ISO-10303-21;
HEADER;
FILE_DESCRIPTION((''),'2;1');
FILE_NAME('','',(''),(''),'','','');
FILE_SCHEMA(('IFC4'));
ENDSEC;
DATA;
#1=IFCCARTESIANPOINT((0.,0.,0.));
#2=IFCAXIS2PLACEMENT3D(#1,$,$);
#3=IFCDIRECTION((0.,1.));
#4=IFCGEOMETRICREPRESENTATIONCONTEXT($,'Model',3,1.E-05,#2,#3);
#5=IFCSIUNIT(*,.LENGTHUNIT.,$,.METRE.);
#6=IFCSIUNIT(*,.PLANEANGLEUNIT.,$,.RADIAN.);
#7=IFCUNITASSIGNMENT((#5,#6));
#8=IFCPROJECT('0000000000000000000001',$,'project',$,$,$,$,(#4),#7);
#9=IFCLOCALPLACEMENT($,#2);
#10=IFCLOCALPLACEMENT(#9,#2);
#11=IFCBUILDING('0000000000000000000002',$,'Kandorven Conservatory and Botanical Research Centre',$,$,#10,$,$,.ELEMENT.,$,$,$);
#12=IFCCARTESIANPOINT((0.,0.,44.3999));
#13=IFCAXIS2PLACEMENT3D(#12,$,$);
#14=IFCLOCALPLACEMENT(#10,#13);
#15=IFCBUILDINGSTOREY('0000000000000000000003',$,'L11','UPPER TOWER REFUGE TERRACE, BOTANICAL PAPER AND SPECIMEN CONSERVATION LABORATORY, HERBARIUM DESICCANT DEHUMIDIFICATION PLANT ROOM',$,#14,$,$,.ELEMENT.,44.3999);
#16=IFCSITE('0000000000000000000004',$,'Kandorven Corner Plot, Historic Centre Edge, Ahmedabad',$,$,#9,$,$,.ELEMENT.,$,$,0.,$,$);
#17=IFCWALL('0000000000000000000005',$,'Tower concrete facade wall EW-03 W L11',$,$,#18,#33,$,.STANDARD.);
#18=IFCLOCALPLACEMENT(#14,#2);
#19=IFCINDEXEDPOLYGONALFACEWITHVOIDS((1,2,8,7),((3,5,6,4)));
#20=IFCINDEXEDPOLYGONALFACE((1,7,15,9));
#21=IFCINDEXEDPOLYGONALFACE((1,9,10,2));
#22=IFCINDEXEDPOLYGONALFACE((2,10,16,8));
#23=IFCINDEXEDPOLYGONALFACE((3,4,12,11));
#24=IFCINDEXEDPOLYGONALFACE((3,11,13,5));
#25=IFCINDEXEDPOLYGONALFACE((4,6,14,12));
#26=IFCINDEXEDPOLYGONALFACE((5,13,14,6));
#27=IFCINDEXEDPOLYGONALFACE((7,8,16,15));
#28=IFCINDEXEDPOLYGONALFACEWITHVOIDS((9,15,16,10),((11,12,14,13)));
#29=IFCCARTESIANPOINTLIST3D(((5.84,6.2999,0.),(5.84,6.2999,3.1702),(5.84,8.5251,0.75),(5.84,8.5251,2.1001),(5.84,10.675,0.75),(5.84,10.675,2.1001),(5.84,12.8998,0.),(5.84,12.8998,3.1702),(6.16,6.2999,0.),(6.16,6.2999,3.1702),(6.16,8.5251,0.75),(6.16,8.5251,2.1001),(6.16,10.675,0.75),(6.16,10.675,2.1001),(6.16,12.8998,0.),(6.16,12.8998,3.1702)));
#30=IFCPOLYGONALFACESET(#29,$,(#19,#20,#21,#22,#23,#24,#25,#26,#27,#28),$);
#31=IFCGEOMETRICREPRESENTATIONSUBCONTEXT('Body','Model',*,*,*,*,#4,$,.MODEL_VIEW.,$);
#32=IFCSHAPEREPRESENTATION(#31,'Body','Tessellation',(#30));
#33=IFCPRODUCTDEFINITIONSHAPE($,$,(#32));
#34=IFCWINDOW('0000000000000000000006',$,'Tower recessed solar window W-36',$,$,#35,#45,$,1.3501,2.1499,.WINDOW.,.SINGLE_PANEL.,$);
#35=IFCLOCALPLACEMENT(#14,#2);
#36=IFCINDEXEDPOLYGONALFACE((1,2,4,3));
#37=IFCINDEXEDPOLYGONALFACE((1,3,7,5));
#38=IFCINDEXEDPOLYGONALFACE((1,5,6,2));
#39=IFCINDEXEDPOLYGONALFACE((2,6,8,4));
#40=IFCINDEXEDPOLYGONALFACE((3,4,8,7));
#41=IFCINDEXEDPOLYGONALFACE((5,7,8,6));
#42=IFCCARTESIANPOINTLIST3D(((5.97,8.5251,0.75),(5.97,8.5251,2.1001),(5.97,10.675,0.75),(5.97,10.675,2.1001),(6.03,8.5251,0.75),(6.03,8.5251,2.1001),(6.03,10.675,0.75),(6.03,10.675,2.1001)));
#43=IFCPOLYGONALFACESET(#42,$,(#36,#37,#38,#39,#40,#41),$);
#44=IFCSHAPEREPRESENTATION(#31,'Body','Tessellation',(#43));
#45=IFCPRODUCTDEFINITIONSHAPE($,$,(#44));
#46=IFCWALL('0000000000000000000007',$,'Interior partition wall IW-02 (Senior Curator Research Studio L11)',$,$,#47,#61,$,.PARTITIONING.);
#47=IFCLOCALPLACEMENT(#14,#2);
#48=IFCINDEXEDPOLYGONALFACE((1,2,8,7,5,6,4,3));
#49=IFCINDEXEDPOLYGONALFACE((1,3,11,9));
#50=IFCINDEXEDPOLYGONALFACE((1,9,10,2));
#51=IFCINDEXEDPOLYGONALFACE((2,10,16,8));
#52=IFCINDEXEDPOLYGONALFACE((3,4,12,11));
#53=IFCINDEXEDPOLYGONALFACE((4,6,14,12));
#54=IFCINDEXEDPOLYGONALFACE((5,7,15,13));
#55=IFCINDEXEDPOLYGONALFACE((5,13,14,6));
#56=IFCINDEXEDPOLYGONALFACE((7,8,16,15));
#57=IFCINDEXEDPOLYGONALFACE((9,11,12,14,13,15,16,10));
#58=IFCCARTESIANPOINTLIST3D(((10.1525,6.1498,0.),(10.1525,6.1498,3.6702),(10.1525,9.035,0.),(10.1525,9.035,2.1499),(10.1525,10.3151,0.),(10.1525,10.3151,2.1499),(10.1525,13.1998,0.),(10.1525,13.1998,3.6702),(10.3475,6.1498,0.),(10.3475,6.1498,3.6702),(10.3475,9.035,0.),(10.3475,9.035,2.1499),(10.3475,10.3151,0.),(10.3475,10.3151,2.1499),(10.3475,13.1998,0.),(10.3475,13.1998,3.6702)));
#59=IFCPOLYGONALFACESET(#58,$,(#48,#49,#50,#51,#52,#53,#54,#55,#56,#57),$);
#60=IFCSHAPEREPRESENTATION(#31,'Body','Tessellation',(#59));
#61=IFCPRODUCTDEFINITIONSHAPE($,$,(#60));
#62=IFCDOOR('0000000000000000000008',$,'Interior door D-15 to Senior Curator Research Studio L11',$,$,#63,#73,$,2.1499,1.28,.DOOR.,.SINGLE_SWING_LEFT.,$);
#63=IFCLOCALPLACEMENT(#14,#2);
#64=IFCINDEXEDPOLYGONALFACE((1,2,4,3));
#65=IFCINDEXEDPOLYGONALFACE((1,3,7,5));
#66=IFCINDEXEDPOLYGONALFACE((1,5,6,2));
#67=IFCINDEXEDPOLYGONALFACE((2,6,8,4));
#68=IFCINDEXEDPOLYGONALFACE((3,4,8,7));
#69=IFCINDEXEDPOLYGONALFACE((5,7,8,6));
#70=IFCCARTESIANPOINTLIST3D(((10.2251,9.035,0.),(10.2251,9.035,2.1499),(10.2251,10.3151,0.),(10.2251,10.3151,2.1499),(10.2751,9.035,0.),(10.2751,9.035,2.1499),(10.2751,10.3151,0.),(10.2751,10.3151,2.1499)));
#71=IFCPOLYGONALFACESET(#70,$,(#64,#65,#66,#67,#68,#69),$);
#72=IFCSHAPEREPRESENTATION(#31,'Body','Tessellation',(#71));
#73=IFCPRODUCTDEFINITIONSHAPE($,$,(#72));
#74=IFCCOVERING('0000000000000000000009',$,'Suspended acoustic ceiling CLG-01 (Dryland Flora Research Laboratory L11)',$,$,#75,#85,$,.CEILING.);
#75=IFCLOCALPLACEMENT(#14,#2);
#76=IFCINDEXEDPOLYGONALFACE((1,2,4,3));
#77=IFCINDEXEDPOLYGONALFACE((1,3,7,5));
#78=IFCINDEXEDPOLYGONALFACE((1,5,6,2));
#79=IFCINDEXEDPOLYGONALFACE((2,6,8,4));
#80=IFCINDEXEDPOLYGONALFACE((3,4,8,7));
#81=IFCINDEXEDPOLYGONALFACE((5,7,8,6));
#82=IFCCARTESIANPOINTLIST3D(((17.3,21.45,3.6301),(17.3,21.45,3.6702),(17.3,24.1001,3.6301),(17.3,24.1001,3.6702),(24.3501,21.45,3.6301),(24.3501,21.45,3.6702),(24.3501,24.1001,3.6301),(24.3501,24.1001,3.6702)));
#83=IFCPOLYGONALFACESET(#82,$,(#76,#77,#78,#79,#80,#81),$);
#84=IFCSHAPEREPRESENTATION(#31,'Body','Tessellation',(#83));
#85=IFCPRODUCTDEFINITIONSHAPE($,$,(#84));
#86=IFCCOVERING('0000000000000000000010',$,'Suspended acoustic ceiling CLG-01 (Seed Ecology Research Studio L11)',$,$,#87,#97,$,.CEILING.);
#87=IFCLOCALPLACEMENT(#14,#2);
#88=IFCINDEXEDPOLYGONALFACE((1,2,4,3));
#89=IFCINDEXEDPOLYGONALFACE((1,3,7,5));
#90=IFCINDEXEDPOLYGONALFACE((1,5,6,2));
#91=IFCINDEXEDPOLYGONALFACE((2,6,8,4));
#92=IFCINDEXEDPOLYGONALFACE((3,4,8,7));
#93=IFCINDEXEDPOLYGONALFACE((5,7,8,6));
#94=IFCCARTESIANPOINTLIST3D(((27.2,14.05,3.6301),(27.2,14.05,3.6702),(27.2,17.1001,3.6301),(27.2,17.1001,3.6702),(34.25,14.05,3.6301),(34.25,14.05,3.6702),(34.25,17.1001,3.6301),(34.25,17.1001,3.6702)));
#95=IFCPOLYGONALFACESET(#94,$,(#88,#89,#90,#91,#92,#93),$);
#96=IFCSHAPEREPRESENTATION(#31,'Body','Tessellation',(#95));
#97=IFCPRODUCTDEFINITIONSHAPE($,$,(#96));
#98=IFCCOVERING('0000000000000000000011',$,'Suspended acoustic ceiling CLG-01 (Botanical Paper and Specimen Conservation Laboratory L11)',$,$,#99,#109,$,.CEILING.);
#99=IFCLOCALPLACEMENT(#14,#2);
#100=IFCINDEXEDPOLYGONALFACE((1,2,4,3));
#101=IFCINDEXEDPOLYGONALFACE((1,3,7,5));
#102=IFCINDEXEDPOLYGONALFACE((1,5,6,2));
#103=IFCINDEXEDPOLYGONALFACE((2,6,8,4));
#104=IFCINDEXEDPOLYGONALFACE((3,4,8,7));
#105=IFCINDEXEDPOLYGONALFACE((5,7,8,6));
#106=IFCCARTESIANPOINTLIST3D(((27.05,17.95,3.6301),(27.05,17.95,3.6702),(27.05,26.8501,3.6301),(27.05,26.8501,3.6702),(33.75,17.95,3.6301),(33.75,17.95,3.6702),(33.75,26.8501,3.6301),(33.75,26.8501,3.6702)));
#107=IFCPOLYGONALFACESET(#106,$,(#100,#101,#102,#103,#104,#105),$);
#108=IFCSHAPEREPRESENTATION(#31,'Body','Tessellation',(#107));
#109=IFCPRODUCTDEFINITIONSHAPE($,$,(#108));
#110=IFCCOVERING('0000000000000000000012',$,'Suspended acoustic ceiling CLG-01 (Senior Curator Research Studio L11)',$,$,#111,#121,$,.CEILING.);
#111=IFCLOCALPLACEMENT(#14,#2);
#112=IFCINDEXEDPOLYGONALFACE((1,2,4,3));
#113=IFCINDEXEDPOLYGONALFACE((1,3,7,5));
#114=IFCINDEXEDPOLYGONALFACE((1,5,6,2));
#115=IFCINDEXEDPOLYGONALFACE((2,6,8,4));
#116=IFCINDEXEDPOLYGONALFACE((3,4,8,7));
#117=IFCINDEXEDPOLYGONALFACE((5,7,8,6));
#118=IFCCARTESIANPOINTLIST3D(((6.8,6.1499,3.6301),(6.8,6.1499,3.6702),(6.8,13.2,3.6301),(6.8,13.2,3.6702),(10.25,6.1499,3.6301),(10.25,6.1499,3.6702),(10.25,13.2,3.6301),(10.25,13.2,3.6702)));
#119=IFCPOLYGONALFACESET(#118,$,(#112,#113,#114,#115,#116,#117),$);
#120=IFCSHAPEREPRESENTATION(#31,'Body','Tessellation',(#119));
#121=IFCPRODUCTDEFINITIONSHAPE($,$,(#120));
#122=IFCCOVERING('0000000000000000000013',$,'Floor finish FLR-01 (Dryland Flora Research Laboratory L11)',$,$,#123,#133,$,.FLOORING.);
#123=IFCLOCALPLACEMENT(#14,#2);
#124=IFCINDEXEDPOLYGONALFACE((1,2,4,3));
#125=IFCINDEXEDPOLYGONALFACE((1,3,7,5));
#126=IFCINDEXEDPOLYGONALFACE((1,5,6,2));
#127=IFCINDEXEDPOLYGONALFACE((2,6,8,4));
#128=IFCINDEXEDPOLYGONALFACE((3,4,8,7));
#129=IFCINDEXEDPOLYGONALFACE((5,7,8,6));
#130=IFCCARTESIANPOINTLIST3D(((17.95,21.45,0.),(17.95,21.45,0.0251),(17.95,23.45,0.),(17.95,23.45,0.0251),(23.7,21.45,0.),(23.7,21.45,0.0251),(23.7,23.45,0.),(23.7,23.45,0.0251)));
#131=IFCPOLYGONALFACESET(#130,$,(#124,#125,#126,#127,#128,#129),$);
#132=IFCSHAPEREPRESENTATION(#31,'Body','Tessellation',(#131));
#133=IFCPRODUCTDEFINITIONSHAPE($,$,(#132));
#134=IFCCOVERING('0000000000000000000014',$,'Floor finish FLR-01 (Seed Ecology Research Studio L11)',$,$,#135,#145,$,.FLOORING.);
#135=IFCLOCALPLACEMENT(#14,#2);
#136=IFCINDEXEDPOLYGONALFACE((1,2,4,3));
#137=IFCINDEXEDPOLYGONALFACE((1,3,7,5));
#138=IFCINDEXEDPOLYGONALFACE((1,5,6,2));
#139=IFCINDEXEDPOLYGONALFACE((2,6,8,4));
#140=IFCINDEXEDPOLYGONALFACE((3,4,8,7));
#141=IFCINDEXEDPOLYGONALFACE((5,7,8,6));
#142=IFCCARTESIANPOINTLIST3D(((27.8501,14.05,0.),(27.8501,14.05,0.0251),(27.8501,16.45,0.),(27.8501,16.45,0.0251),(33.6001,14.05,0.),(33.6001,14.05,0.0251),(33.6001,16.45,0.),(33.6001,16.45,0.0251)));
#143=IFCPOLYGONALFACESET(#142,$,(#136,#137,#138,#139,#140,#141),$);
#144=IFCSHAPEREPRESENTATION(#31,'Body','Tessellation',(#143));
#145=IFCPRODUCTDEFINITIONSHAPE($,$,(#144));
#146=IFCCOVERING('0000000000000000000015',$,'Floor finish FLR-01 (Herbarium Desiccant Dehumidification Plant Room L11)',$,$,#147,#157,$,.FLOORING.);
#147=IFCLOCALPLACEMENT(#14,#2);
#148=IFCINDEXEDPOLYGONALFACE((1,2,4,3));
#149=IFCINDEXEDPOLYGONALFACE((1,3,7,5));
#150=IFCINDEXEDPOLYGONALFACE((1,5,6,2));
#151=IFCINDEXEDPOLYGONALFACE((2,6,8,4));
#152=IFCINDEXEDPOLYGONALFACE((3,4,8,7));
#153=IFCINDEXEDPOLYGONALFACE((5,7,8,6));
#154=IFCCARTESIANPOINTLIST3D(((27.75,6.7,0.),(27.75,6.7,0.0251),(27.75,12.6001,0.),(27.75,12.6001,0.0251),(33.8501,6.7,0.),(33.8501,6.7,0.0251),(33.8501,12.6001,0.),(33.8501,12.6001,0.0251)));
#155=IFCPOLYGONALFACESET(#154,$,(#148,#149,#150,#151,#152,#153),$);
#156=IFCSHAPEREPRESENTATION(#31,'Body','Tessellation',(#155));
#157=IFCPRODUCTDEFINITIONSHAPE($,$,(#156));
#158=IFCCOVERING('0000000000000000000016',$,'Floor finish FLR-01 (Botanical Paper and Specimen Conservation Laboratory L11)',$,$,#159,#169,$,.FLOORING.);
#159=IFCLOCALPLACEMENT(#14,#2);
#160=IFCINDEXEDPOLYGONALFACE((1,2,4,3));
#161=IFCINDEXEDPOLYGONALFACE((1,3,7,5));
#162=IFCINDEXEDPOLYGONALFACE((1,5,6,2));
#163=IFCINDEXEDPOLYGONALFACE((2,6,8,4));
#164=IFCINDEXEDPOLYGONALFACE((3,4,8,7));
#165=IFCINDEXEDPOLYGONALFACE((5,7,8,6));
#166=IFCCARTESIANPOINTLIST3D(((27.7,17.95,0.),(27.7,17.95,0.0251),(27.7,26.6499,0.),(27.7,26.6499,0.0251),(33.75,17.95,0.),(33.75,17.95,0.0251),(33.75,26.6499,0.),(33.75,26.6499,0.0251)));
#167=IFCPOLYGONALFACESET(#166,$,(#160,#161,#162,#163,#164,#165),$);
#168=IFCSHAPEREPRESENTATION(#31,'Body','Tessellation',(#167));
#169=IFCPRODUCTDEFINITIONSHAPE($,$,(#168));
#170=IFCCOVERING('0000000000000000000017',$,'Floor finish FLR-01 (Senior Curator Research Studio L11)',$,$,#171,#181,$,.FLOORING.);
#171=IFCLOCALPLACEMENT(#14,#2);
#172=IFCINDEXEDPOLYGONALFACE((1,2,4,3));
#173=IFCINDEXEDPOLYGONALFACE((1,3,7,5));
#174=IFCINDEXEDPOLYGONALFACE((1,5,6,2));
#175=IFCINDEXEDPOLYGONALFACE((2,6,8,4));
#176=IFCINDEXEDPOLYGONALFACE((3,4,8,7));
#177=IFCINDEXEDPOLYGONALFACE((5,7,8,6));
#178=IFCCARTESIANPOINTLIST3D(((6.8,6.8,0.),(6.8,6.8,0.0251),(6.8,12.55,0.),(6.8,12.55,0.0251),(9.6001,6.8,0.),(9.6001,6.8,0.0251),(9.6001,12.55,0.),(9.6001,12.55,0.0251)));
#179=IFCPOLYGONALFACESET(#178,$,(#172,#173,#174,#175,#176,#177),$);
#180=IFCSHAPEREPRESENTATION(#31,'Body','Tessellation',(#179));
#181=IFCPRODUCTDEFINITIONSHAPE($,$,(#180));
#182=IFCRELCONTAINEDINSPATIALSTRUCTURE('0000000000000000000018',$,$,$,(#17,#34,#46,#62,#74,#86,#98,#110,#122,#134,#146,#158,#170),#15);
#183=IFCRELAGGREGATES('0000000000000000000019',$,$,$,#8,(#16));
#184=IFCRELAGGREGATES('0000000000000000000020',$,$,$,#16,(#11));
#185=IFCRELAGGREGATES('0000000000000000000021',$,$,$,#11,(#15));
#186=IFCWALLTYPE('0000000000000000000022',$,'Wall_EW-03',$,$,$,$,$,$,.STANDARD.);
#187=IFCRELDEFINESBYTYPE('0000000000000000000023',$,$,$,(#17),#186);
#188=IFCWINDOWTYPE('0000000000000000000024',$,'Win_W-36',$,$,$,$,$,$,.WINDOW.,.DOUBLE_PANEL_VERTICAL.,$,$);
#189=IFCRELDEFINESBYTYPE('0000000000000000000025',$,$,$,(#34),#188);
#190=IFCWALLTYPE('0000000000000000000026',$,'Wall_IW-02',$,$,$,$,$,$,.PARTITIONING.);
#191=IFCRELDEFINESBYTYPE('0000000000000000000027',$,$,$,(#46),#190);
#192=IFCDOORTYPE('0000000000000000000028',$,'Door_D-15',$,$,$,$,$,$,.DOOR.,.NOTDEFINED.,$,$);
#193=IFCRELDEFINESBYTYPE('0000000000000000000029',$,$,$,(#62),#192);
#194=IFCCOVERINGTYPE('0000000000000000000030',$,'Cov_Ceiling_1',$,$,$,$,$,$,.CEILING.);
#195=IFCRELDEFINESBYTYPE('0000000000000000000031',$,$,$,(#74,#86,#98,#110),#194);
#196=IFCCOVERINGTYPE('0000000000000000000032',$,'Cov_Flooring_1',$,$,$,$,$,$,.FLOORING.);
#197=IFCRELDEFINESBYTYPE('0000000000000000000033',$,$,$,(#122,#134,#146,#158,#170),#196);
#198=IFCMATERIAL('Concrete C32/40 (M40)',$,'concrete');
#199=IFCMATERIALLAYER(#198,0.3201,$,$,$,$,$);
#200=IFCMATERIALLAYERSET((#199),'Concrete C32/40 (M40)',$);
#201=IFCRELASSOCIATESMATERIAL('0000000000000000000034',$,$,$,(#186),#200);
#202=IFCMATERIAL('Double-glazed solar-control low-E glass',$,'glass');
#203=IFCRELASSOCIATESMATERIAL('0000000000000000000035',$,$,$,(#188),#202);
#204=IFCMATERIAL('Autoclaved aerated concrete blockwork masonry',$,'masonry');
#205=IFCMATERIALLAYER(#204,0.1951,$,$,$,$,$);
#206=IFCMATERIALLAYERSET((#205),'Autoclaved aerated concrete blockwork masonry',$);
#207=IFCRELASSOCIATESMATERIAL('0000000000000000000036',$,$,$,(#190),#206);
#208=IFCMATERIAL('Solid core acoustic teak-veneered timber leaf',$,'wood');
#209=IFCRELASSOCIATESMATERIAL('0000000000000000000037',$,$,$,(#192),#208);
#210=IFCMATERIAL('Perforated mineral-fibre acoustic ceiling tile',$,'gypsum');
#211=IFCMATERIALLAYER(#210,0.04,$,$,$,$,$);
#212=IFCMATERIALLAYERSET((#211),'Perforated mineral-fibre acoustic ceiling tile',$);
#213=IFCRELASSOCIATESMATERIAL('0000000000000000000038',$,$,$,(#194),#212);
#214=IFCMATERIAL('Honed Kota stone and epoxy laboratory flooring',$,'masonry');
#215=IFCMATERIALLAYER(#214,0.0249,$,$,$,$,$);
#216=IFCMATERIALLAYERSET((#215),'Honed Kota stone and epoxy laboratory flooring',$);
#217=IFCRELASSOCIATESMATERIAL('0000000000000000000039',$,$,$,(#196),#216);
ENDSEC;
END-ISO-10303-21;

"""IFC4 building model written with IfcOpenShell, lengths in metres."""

from ifc_helpers import new_model, si_unit, direction, frame, frame_2d, origin, place, context, subcontext, project, spatial, polyline, rectangle, outline, extrude, material, layer, layer_set, type_object, element, fill, save


model = new_model("IFC4")

# Units and contexts
model_context = context("Model", 3, precision=1e-05, world=origin(), true_north=direction((0.0, 1.0)))
body_context = subcontext(model_context, "Body", "Model", "MODEL_VIEW")
ifc_project = project(units=[si_unit("LENGTHUNIT", "METRE"), si_unit("PLANEANGLEUNIT", "RADIAN")], contexts=[model_context])

# Site, building, storey
site_placement = place(None, origin())
site = spatial("IfcSite", under=ifc_project, at=site_placement, Name="Kandorven Corner Plot, Historic Centre Edge, Ahmedabad", CompositionType="ELEMENT", RefElevation=0.0)
building_placement = place(site_placement, origin())
building = spatial("IfcBuilding", under=site, at=building_placement, Name="Kandorven Conservatory and Botanical Research Centre", CompositionType="ELEMENT")
storey_placement = place(building_placement, frame((0.0, 0.0, 44.3999)))
storey = spatial("IfcBuildingStorey", under=building, at=storey_placement, Name="L11", Description="UPPER TOWER REFUGE TERRACE, BOTANICAL PAPER AND SPECIMEN CONSERVATION LABORATORY, HERBARIUM DESICCANT DEHUMIDIFICATION PLANT ROOM", CompositionType="ELEMENT", Elevation=44.3999)

# Wall, opening, window
ifc_material_1 = material(Name="Concrete C32/40 (M40)", Category="concrete")
ifc_layer_1 = layer(ifc_material_1, 0.3201)
ifc_layer_set_1 = layer_set([ifc_layer_1], Name="Concrete C32/40 (M40)")
wall_type_1 = type_object("IfcWallType", Name="Wall_EW-03", PredefinedType="STANDARD", material=ifc_layer_set_1)
wall_1_placement = place(storey_placement, frame((6.0, 6.3, 0.0), z_axis=(0.0, 0.0, 1.0), x_axis=(0.0, 1.0, 0.0)))
wall_1 = element("IfcWall", 1, at=wall_1_placement, inside=storey, type_object=wall_type_1, Name="Tower concrete facade wall EW-03 W L11", PredefinedType="STANDARD", context=body_context, shape_type="SweptSolid", body=[
    extrude(rectangle(XDim=6.5999, YDim=0.3201, at=frame_2d((3.2998, 0.0))), origin(), (0.0, 0.0, 1.0), 3.1702),
])
opening_1_placement = place(wall_1_placement, frame((2.2251, 0.0, 0.75)))
opening_1 = element("IfcOpeningElement", 2, at=opening_1_placement, cuts=wall_1, PredefinedType="OPENING", context=body_context, shape_type="SweptSolid", body=[
    extrude(rectangle(XDim=2.1499, YDim=1.3501, at=frame_2d((1.075, 0.675))), frame((0.0, 0.1699, 0.0), z_axis=(0.0, -1.0, 0.0), x_axis=(1.0, 0.0, 0.0)), (0.0, 0.0, 1.0), 0.3401),
])
ifc_material_2 = material(Name="Double-glazed solar-control low-E glass", Category="glass")
window_type_1 = type_object("IfcWindowType", Name="Win_W-36", PartitioningType="DOUBLE_PANEL_VERTICAL", PredefinedType="WINDOW", material=ifc_material_2)
window_1_placement = place(opening_1_placement, origin())
window_1 = element("IfcWindow", 3, at=window_1_placement, inside=storey, type_object=window_type_1, Name="Tower recessed solar window W-36", OverallHeight=1.3501, OverallWidth=2.1499, PartitioningType="SINGLE_PANEL", PredefinedType="WINDOW", context=body_context, shape_type="SweptSolid", body=[
    extrude(rectangle(XDim=2.1499, YDim=1.3501, at=frame_2d((1.075, 0.675))), frame((0.0, 0.03, 0.0), z_axis=(0.0, -1.0, 0.0), x_axis=(1.0, 0.0, 0.0)), (0.0, 0.0, 1.0), 0.0601),
])
fill(opening_1, window_1)

# Wall, opening, door
ifc_material_3 = material(Name="Autoclaved aerated concrete blockwork masonry", Category="masonry")
ifc_layer_2 = layer(ifc_material_3, 0.1951)
ifc_layer_set_2 = layer_set([ifc_layer_2], Name="Autoclaved aerated concrete blockwork masonry")
wall_type_2 = type_object("IfcWallType", Name="Wall_IW-02", PredefinedType="PARTITIONING", material=ifc_layer_set_2)
wall_2_placement = place(storey_placement, frame((10.25, 6.1499, 0.0), z_axis=(0.0, 0.0, 1.0), x_axis=(0.0, 1.0, 0.0)))
wall_2 = element("IfcWall", 4, at=wall_2_placement, inside=storey, type_object=wall_type_2, Name="Interior partition wall IW-02 (Senior Curator Research Studio L11)", PredefinedType="PARTITIONING", context=body_context, shape_type="SweptSolid", body=[
    extrude(rectangle(XDim=7.05, YDim=0.1951, at=frame_2d((3.5249, 0.0))), origin(), (0.0, 0.0, 1.0), 3.6702),
])
opening_2_placement = place(wall_2_placement, frame((2.885, 0.0, 0.0)))
opening_2 = element("IfcOpeningElement", 5, at=opening_2_placement, cuts=wall_2, PredefinedType="OPENING", context=body_context, shape_type="SweptSolid", body=[
    extrude(rectangle(XDim=1.28, YDim=2.1499, at=frame_2d((0.6401, 1.075))), frame((0.0, 0.1074, 0.0), z_axis=(0.0, -1.0, 0.0), x_axis=(1.0, 0.0, 0.0)), (0.0, 0.0, 1.0), 0.2151),
])
ifc_material_4 = material(Name="Solid core acoustic teak-veneered timber leaf", Category="wood")
door_type = type_object("IfcDoorType", Name="Door_D-15", OperationType="NOTDEFINED", PredefinedType="DOOR", material=ifc_material_4)
door_placement = place(opening_2_placement, origin())
door = element("IfcDoor", 6, at=door_placement, inside=storey, type_object=door_type, Name="Interior door D-15 to Senior Curator Research Studio L11", OperationType="SINGLE_SWING_LEFT", OverallHeight=2.1499, OverallWidth=1.28, PredefinedType="DOOR", context=body_context, shape_type="SweptSolid", body=[
    extrude(rectangle(XDim=1.28, YDim=2.1499, at=frame_2d((0.6401, 1.075))), frame((0.0, 0.0249, 0.0), z_axis=(0.0, -1.0, 0.0), x_axis=(1.0, 0.0, 0.0)), (0.0, 0.0, 1.0), 0.05),
])
fill(opening_2, door)

# Coverings
ifc_material_5 = material(Name="Perforated mineral-fibre acoustic ceiling tile", Category="gypsum")
ifc_layer_3 = layer(ifc_material_5, 0.04)
ifc_layer_set_3 = layer_set([ifc_layer_3], Name="Perforated mineral-fibre acoustic ceiling tile")
covering_type_1 = type_object("IfcCoveringType", Name="Cov_Ceiling_1", PredefinedType="CEILING", material=ifc_layer_set_3)
covering_1_placement = place(storey_placement, frame((0.0, 0.0, 3.6301)))
element("IfcCovering", 7, at=covering_1_placement, inside=storey, type_object=covering_type_1, Name="Suspended acoustic ceiling CLG-01 (Dryland Flora Research Laboratory L11)", PredefinedType="CEILING", context=body_context, shape_type="SweptSolid", body=[
    extrude(outline(polyline([(17.3, 21.45), (24.3501, 21.45), (24.3501, 24.1001), (17.3, 24.1001), (17.3, 21.45)])), origin(), (0.0, 0.0, 1.0), 0.04),
])
covering_2_placement = place(storey_placement, frame((0.0, 0.0, 3.6301)))
element("IfcCovering", 8, at=covering_2_placement, inside=storey, type_object=covering_type_1, Name="Suspended acoustic ceiling CLG-01 (Seed Ecology Research Studio L11)", PredefinedType="CEILING", context=body_context, shape_type="SweptSolid", body=[
    extrude(outline(polyline([(27.2, 14.05), (34.25, 14.05), (34.25, 17.1001), (27.2, 17.1001), (27.2, 14.05)])), origin(), (0.0, 0.0, 1.0), 0.04),
])
covering_3_placement = place(storey_placement, frame((0.0, 0.0, 3.6301)))
element("IfcCovering", 9, at=covering_3_placement, inside=storey, type_object=covering_type_1, Name="Suspended acoustic ceiling CLG-01 (Botanical Paper and Specimen Conservation Laboratory L11)", PredefinedType="CEILING", context=body_context, shape_type="SweptSolid", body=[
    extrude(outline(polyline([(27.05, 17.95), (33.75, 17.95), (33.75, 26.8501), (27.05, 26.8501), (27.05, 17.95)])), origin(), (0.0, 0.0, 1.0), 0.04),
])
covering_4_placement = place(storey_placement, frame((0.0, 0.0, 3.6301)))
element("IfcCovering", 10, at=covering_4_placement, inside=storey, type_object=covering_type_1, Name="Suspended acoustic ceiling CLG-01 (Senior Curator Research Studio L11)", PredefinedType="CEILING", context=body_context, shape_type="SweptSolid", body=[
    extrude(outline(polyline([(6.8, 6.1499), (10.25, 6.1499), (10.25, 13.2), (6.8, 13.2), (6.8, 6.1499)])), origin(), (0.0, 0.0, 1.0), 0.04),
])
ifc_material_6 = material(Name="Honed Kota stone and epoxy laboratory flooring", Category="masonry")
ifc_layer_4 = layer(ifc_material_6, 0.0249)
ifc_layer_set_4 = layer_set([ifc_layer_4], Name="Honed Kota stone and epoxy laboratory flooring")
covering_type_2 = type_object("IfcCoveringType", Name="Cov_Flooring_1", PredefinedType="FLOORING", material=ifc_layer_set_4)
covering_5_placement = place(storey_placement, origin())
element("IfcCovering", 11, at=covering_5_placement, inside=storey, type_object=covering_type_2, Name="Floor finish FLR-01 (Dryland Flora Research Laboratory L11)", PredefinedType="FLOORING", context=body_context, shape_type="SweptSolid", body=[
    extrude(outline(polyline([(17.95, 21.45), (23.7, 21.45), (23.7, 23.45), (17.95, 23.45), (17.95, 21.45)])), origin(), (0.0, 0.0, 1.0), 0.0251),
])
covering_6_placement = place(storey_placement, origin())
element("IfcCovering", 12, at=covering_6_placement, inside=storey, type_object=covering_type_2, Name="Floor finish FLR-01 (Seed Ecology Research Studio L11)", PredefinedType="FLOORING", context=body_context, shape_type="SweptSolid", body=[
    extrude(outline(polyline([(27.8501, 14.05), (33.6001, 14.05), (33.6001, 16.45), (27.8501, 16.45), (27.8501, 14.05)])), origin(), (0.0, 0.0, 1.0), 0.0251),
])
covering_7_placement = place(storey_placement, origin())
element("IfcCovering", 13, at=covering_7_placement, inside=storey, type_object=covering_type_2, Name="Floor finish FLR-01 (Herbarium Desiccant Dehumidification Plant Room L11)", PredefinedType="FLOORING", context=body_context, shape_type="SweptSolid", body=[
    extrude(outline(polyline([(27.75, 6.7), (33.8501, 6.7), (33.8501, 12.6001), (27.75, 12.6001), (27.75, 6.7)])), origin(), (0.0, 0.0, 1.0), 0.0251),
])
covering_8_placement = place(storey_placement, origin())
element("IfcCovering", 14, at=covering_8_placement, inside=storey, type_object=covering_type_2, Name="Floor finish FLR-01 (Botanical Paper and Specimen Conservation Laboratory L11)", PredefinedType="FLOORING", context=body_context, shape_type="SweptSolid", body=[
    extrude(outline(polyline([(27.7, 17.95), (33.75, 17.95), (33.75, 26.6499), (27.7, 26.6499), (27.7, 17.95)])), origin(), (0.0, 0.0, 1.0), 0.0251),
])
covering_9_placement = place(storey_placement, origin())
element("IfcCovering", 15, at=covering_9_placement, inside=storey, type_object=covering_type_2, Name="Floor finish FLR-01 (Senior Curator Research Studio L11)", PredefinedType="FLOORING", context=body_context, shape_type="SweptSolid", body=[
    extrude(outline(polyline([(6.8, 6.8), (9.6001, 6.8), (9.6001, 12.55), (6.8, 12.55), (6.8, 6.8)])), origin(), (0.0, 0.0, 1.0), 0.0251),
])

save(model, "model.ifc")
